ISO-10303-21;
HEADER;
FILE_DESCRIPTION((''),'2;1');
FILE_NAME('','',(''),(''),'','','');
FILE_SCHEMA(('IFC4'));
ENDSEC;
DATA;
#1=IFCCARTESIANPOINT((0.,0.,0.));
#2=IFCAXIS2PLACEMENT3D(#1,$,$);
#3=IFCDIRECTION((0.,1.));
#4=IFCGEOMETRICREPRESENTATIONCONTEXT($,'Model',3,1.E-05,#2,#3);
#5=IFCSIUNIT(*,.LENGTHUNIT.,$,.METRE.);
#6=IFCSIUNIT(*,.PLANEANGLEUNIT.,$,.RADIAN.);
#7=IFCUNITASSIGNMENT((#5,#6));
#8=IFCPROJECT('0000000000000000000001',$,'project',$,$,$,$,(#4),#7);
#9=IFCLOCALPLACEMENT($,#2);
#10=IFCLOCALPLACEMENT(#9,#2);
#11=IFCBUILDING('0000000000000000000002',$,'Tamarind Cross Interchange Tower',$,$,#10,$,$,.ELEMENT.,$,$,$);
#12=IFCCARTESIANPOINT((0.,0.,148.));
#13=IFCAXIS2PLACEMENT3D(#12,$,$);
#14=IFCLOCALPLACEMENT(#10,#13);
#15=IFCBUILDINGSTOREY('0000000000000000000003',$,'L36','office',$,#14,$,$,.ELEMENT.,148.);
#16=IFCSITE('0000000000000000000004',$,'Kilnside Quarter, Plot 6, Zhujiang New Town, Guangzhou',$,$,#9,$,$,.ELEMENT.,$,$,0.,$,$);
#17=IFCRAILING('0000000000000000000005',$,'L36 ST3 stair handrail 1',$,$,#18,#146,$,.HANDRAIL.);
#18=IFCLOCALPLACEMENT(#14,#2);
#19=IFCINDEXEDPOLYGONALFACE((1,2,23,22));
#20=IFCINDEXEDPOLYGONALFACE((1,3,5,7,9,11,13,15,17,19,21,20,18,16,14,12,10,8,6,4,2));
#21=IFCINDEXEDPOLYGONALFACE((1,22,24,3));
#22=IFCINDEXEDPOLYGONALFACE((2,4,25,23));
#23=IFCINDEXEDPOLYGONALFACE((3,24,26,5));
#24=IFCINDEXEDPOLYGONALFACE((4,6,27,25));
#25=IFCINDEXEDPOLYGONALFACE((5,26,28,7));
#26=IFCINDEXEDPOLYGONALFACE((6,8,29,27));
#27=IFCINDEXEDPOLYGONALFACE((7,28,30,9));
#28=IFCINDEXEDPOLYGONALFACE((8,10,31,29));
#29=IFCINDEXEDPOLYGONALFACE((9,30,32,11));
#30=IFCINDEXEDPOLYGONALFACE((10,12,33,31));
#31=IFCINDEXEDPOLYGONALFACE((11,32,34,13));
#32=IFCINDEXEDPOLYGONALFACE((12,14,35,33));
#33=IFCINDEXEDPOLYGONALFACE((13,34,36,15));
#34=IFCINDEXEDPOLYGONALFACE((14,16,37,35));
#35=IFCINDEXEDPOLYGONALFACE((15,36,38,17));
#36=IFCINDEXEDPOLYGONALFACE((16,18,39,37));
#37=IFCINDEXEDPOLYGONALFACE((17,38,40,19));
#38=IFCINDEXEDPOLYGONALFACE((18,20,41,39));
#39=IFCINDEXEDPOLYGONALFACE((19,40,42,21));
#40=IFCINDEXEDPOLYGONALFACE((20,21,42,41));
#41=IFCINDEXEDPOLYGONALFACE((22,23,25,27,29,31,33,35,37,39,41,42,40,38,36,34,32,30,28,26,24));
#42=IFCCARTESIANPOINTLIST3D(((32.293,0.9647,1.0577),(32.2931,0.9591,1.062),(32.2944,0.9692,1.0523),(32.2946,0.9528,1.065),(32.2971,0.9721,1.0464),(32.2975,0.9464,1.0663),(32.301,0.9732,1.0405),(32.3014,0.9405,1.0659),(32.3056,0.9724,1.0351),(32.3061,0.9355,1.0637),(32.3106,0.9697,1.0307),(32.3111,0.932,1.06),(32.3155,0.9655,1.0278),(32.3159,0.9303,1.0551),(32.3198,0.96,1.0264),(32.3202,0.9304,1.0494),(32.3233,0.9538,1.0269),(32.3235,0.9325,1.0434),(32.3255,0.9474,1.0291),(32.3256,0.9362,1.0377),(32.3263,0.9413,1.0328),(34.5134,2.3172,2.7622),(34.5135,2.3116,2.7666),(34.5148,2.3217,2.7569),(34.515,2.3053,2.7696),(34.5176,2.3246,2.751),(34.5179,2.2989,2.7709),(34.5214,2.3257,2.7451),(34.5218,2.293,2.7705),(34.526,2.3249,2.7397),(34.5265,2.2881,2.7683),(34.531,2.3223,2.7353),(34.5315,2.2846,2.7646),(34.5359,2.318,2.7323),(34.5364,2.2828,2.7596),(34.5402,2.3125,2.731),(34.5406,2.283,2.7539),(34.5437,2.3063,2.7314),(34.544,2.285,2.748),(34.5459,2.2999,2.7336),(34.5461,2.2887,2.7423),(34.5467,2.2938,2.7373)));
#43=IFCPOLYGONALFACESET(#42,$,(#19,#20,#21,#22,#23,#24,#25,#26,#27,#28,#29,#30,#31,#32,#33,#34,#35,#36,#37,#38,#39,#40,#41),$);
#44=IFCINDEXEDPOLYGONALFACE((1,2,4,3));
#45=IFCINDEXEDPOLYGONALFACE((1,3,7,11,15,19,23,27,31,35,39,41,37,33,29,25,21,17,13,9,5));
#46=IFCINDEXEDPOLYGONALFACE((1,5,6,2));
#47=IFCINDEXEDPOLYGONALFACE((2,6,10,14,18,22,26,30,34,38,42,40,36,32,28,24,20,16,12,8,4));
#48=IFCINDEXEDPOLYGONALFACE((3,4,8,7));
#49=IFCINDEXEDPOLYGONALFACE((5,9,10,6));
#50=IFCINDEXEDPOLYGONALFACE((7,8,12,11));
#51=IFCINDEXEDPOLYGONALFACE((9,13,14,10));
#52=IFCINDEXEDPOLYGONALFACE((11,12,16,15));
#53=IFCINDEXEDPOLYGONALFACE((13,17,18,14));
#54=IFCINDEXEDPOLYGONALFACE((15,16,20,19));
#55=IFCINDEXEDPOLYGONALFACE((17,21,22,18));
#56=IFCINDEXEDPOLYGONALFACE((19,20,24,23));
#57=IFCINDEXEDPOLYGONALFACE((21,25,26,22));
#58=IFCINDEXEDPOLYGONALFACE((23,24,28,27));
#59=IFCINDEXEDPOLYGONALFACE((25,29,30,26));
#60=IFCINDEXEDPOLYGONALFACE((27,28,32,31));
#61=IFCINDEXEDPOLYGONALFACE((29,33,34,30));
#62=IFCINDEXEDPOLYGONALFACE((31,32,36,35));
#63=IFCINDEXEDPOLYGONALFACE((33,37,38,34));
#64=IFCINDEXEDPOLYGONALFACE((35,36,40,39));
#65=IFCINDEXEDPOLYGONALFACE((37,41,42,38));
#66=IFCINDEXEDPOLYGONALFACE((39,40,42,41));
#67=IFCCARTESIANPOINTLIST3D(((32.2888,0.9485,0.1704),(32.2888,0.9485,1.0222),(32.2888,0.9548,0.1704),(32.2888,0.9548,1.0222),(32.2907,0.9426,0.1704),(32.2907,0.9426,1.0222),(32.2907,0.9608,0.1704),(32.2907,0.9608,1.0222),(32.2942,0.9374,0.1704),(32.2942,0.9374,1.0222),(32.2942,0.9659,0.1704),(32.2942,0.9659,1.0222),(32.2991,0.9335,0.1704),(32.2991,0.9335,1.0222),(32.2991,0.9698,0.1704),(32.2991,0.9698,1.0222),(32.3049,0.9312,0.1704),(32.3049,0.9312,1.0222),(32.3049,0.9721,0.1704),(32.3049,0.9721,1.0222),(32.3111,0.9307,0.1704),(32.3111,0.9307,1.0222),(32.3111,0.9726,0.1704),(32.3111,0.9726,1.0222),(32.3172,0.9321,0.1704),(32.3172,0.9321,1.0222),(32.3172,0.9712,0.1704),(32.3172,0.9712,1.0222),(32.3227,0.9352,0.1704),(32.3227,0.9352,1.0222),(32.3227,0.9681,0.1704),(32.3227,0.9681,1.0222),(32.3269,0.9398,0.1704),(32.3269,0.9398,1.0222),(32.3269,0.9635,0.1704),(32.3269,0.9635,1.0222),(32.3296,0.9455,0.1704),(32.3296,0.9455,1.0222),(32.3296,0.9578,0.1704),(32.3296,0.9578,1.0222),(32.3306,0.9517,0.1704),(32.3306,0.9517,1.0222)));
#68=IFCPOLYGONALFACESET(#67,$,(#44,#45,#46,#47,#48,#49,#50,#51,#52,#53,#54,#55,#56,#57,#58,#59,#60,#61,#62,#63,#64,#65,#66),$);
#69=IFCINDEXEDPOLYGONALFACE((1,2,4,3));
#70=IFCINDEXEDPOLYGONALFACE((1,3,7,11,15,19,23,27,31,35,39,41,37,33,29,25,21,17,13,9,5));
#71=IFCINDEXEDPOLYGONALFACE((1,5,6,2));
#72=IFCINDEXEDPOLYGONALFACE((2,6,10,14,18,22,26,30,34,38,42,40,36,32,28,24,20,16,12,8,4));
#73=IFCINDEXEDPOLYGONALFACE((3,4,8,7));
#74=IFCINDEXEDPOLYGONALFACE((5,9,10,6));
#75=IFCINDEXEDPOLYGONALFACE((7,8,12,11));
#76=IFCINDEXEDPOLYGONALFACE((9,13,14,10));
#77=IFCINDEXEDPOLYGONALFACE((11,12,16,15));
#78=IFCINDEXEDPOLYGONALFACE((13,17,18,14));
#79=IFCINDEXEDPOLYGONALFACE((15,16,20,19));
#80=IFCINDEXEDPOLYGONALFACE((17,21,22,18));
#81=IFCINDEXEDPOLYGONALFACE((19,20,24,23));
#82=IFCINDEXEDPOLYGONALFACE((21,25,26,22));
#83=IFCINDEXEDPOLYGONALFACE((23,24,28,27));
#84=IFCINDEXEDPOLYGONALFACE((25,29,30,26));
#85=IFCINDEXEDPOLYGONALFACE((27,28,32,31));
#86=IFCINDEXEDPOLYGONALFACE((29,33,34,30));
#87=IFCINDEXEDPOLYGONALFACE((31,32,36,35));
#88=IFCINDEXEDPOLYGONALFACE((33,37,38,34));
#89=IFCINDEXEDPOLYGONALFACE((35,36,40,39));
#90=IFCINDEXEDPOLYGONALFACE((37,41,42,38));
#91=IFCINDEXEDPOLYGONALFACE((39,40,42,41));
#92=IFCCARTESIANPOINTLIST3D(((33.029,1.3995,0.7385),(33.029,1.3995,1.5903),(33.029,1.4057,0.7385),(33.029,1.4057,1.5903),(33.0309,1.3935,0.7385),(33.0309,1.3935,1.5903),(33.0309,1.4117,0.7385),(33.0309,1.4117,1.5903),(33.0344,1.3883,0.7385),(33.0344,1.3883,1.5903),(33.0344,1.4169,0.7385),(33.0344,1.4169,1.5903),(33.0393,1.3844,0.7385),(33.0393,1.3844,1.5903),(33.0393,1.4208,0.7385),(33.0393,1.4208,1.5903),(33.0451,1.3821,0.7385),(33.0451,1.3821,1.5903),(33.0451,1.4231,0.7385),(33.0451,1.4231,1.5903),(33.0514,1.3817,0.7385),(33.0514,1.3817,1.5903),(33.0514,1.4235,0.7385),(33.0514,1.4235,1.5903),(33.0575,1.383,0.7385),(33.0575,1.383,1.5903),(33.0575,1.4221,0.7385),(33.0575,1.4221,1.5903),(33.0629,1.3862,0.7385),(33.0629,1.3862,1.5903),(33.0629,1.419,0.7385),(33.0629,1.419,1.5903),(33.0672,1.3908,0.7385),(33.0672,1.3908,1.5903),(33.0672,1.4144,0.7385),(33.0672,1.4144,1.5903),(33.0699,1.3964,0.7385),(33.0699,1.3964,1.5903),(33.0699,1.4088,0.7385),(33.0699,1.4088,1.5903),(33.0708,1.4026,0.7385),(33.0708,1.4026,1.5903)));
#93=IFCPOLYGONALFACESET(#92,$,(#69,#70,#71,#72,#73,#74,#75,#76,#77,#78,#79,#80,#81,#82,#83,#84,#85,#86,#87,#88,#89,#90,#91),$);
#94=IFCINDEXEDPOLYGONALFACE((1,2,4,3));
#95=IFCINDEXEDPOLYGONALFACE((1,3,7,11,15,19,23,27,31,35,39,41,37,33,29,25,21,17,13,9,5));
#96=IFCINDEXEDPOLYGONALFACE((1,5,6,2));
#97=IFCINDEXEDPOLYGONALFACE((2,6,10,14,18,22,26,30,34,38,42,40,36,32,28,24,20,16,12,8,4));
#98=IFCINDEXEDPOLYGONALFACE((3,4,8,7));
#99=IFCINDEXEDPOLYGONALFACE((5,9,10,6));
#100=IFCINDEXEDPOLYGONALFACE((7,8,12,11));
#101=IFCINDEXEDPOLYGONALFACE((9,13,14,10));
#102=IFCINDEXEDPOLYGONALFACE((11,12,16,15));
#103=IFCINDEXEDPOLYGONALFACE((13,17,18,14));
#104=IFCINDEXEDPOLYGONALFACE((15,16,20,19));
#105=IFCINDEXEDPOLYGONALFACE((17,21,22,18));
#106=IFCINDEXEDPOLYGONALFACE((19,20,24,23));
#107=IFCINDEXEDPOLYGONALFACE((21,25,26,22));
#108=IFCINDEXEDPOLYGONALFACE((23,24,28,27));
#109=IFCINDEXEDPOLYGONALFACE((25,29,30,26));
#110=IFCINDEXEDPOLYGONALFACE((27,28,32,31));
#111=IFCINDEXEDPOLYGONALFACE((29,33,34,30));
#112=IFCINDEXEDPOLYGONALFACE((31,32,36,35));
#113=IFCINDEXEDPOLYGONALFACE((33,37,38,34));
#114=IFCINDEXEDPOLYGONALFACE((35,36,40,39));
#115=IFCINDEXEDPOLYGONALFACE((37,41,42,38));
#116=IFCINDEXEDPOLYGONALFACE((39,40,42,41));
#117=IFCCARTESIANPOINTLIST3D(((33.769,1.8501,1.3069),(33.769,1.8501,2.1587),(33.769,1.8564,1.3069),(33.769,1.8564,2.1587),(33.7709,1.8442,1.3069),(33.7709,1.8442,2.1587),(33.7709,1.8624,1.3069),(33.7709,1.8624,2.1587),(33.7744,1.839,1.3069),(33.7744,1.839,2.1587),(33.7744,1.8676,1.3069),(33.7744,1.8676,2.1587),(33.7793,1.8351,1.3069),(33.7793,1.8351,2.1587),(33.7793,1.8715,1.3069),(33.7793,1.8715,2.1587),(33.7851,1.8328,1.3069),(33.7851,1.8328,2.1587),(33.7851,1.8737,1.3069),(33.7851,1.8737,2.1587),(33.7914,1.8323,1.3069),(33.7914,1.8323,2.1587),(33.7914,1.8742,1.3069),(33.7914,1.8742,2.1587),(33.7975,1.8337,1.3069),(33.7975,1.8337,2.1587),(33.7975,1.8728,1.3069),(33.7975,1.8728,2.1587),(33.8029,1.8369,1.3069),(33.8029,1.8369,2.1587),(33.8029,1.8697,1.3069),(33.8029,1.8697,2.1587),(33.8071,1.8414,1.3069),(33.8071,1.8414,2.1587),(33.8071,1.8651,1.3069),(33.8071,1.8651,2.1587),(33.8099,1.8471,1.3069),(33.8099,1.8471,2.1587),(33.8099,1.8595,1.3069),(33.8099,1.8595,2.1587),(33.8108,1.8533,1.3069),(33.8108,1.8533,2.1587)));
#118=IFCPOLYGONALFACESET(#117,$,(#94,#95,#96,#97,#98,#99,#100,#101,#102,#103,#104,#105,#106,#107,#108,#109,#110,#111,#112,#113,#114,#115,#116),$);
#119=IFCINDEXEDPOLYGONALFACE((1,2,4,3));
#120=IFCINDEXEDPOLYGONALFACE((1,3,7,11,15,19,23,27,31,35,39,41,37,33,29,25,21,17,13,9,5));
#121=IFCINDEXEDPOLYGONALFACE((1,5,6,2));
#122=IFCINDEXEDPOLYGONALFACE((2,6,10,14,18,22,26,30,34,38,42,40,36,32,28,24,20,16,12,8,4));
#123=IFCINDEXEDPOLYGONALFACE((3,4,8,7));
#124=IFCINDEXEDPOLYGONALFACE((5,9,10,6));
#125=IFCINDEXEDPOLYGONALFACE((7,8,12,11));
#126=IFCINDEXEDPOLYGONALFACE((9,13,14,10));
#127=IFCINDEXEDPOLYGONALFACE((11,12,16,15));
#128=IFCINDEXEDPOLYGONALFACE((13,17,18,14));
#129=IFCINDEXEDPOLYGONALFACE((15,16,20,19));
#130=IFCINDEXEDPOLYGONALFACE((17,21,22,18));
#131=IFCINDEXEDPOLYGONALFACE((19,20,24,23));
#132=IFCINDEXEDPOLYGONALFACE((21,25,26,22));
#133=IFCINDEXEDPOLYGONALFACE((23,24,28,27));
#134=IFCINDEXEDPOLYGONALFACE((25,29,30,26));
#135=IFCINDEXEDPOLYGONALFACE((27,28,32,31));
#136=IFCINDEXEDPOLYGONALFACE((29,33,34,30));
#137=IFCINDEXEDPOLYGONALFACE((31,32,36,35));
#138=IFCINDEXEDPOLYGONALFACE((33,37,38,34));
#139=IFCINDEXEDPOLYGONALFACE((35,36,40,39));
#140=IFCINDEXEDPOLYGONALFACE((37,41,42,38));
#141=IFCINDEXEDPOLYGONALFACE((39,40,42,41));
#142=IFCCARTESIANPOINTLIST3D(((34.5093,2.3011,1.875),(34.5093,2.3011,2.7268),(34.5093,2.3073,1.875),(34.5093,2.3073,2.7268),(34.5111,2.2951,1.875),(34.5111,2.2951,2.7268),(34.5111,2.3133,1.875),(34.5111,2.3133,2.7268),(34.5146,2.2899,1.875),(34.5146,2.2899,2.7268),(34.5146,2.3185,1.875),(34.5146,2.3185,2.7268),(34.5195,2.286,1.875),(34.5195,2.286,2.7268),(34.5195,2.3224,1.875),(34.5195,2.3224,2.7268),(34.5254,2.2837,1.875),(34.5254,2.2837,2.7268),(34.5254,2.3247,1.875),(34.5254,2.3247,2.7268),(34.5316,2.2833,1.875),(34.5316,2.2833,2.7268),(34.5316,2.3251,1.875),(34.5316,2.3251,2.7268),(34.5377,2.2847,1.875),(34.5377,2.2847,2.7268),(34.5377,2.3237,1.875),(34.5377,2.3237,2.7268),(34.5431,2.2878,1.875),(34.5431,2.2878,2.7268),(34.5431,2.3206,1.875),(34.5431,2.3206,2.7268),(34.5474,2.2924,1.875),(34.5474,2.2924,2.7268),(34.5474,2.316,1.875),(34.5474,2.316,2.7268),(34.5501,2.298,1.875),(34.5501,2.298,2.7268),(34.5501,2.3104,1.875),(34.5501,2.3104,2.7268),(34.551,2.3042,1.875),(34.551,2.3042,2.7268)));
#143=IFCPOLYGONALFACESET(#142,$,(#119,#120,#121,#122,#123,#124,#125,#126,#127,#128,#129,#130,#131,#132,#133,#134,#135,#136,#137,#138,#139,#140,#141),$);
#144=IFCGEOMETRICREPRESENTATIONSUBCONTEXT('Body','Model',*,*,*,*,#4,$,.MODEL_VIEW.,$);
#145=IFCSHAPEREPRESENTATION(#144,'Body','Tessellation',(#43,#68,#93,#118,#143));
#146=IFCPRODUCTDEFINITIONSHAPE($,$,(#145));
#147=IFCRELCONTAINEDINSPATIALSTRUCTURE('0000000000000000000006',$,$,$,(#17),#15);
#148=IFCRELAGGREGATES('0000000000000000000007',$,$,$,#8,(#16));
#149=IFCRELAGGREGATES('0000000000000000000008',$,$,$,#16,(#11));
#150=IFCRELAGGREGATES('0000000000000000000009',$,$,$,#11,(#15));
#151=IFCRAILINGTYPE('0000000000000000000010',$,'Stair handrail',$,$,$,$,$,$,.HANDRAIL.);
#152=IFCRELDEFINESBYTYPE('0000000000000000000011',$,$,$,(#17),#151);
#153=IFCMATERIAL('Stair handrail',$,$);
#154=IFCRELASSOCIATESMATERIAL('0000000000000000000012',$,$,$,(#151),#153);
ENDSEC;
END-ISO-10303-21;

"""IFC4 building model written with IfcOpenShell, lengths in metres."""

from ifc_helpers import new_model, si_unit, direction, frame, origin, origin_2d, place, context, subcontext, project, spatial, circle, extrude, material, type_object, element, save


model = new_model("IFC4")

# Units and contexts
model_context = context("Model", 3, precision=1e-05, world=origin(), true_north=direction((0.0, 1.0)))
body_context = subcontext(model_context, "Body", "Model", "MODEL_VIEW")
ifc_project = project(units=[si_unit("LENGTHUNIT", "METRE"), si_unit("PLANEANGLEUNIT", "RADIAN")], contexts=[model_context])

# Site, building, storey
site_placement = place(None, origin())
site = spatial("IfcSite", under=ifc_project, at=site_placement, Name="Kilnside Quarter, Plot 6, Zhujiang New Town, Guangzhou", CompositionType="ELEMENT", RefElevation=0.0)
building_placement = place(site_placement, origin())
building = spatial("IfcBuilding", under=site, at=building_placement, Name="Tamarind Cross Interchange Tower", CompositionType="ELEMENT")
storey_placement = place(building_placement, frame((0.0, 0.0, 148.0)))
storey = spatial("IfcBuildingStorey", under=building, at=storey_placement, Name="L36", Description="office", CompositionType="ELEMENT", Elevation=148.0)

# Railing
ifc_material_1 = material(Name="Stair handrail")
railing_type_1 = type_object("IfcRailingType", Name="Stair handrail", PredefinedType="HANDRAIL", material=ifc_material_1)
railing_1_placement = place(storey_placement, frame((32.3096, 0.9517, 0.1704)))
element("IfcRailing", 1, at=railing_1_placement, inside=storey, type_object=railing_type_1, Name="L36 ST3 stair handrail 1", PredefinedType="HANDRAIL", context=body_context, shape_type="SweptSolid", body=[
    extrude(circle(Radius=0.0239, at=origin_2d()), frame((0.0, 0.0, 0.876), z_axis=(0.71422, 0.43505, 0.548289), x_axis=(-0.520215, 0.854035, 0.0)), (0.0, 0.0, 1.0), 3.1089),
    extrude(circle(Radius=0.021, at=origin_2d()), origin(), (0.0, 0.0, 1.0), 0.8518),
    extrude(circle(Radius=0.021, at=origin_2d()), frame((0.7402, 0.4509, 0.5681)), (0.0, 0.0, 1.0), 0.8518),
    extrude(circle(Radius=0.021, at=origin_2d()), frame((1.4802, 0.9016, 1.1365)), (0.0, 0.0, 1.0), 0.8518),
    extrude(circle(Radius=0.021, at=origin_2d()), frame((2.2205, 1.3525, 1.7046)), (0.0, 0.0, 1.0), 0.8518),
])

save(model, "model.ifc")
